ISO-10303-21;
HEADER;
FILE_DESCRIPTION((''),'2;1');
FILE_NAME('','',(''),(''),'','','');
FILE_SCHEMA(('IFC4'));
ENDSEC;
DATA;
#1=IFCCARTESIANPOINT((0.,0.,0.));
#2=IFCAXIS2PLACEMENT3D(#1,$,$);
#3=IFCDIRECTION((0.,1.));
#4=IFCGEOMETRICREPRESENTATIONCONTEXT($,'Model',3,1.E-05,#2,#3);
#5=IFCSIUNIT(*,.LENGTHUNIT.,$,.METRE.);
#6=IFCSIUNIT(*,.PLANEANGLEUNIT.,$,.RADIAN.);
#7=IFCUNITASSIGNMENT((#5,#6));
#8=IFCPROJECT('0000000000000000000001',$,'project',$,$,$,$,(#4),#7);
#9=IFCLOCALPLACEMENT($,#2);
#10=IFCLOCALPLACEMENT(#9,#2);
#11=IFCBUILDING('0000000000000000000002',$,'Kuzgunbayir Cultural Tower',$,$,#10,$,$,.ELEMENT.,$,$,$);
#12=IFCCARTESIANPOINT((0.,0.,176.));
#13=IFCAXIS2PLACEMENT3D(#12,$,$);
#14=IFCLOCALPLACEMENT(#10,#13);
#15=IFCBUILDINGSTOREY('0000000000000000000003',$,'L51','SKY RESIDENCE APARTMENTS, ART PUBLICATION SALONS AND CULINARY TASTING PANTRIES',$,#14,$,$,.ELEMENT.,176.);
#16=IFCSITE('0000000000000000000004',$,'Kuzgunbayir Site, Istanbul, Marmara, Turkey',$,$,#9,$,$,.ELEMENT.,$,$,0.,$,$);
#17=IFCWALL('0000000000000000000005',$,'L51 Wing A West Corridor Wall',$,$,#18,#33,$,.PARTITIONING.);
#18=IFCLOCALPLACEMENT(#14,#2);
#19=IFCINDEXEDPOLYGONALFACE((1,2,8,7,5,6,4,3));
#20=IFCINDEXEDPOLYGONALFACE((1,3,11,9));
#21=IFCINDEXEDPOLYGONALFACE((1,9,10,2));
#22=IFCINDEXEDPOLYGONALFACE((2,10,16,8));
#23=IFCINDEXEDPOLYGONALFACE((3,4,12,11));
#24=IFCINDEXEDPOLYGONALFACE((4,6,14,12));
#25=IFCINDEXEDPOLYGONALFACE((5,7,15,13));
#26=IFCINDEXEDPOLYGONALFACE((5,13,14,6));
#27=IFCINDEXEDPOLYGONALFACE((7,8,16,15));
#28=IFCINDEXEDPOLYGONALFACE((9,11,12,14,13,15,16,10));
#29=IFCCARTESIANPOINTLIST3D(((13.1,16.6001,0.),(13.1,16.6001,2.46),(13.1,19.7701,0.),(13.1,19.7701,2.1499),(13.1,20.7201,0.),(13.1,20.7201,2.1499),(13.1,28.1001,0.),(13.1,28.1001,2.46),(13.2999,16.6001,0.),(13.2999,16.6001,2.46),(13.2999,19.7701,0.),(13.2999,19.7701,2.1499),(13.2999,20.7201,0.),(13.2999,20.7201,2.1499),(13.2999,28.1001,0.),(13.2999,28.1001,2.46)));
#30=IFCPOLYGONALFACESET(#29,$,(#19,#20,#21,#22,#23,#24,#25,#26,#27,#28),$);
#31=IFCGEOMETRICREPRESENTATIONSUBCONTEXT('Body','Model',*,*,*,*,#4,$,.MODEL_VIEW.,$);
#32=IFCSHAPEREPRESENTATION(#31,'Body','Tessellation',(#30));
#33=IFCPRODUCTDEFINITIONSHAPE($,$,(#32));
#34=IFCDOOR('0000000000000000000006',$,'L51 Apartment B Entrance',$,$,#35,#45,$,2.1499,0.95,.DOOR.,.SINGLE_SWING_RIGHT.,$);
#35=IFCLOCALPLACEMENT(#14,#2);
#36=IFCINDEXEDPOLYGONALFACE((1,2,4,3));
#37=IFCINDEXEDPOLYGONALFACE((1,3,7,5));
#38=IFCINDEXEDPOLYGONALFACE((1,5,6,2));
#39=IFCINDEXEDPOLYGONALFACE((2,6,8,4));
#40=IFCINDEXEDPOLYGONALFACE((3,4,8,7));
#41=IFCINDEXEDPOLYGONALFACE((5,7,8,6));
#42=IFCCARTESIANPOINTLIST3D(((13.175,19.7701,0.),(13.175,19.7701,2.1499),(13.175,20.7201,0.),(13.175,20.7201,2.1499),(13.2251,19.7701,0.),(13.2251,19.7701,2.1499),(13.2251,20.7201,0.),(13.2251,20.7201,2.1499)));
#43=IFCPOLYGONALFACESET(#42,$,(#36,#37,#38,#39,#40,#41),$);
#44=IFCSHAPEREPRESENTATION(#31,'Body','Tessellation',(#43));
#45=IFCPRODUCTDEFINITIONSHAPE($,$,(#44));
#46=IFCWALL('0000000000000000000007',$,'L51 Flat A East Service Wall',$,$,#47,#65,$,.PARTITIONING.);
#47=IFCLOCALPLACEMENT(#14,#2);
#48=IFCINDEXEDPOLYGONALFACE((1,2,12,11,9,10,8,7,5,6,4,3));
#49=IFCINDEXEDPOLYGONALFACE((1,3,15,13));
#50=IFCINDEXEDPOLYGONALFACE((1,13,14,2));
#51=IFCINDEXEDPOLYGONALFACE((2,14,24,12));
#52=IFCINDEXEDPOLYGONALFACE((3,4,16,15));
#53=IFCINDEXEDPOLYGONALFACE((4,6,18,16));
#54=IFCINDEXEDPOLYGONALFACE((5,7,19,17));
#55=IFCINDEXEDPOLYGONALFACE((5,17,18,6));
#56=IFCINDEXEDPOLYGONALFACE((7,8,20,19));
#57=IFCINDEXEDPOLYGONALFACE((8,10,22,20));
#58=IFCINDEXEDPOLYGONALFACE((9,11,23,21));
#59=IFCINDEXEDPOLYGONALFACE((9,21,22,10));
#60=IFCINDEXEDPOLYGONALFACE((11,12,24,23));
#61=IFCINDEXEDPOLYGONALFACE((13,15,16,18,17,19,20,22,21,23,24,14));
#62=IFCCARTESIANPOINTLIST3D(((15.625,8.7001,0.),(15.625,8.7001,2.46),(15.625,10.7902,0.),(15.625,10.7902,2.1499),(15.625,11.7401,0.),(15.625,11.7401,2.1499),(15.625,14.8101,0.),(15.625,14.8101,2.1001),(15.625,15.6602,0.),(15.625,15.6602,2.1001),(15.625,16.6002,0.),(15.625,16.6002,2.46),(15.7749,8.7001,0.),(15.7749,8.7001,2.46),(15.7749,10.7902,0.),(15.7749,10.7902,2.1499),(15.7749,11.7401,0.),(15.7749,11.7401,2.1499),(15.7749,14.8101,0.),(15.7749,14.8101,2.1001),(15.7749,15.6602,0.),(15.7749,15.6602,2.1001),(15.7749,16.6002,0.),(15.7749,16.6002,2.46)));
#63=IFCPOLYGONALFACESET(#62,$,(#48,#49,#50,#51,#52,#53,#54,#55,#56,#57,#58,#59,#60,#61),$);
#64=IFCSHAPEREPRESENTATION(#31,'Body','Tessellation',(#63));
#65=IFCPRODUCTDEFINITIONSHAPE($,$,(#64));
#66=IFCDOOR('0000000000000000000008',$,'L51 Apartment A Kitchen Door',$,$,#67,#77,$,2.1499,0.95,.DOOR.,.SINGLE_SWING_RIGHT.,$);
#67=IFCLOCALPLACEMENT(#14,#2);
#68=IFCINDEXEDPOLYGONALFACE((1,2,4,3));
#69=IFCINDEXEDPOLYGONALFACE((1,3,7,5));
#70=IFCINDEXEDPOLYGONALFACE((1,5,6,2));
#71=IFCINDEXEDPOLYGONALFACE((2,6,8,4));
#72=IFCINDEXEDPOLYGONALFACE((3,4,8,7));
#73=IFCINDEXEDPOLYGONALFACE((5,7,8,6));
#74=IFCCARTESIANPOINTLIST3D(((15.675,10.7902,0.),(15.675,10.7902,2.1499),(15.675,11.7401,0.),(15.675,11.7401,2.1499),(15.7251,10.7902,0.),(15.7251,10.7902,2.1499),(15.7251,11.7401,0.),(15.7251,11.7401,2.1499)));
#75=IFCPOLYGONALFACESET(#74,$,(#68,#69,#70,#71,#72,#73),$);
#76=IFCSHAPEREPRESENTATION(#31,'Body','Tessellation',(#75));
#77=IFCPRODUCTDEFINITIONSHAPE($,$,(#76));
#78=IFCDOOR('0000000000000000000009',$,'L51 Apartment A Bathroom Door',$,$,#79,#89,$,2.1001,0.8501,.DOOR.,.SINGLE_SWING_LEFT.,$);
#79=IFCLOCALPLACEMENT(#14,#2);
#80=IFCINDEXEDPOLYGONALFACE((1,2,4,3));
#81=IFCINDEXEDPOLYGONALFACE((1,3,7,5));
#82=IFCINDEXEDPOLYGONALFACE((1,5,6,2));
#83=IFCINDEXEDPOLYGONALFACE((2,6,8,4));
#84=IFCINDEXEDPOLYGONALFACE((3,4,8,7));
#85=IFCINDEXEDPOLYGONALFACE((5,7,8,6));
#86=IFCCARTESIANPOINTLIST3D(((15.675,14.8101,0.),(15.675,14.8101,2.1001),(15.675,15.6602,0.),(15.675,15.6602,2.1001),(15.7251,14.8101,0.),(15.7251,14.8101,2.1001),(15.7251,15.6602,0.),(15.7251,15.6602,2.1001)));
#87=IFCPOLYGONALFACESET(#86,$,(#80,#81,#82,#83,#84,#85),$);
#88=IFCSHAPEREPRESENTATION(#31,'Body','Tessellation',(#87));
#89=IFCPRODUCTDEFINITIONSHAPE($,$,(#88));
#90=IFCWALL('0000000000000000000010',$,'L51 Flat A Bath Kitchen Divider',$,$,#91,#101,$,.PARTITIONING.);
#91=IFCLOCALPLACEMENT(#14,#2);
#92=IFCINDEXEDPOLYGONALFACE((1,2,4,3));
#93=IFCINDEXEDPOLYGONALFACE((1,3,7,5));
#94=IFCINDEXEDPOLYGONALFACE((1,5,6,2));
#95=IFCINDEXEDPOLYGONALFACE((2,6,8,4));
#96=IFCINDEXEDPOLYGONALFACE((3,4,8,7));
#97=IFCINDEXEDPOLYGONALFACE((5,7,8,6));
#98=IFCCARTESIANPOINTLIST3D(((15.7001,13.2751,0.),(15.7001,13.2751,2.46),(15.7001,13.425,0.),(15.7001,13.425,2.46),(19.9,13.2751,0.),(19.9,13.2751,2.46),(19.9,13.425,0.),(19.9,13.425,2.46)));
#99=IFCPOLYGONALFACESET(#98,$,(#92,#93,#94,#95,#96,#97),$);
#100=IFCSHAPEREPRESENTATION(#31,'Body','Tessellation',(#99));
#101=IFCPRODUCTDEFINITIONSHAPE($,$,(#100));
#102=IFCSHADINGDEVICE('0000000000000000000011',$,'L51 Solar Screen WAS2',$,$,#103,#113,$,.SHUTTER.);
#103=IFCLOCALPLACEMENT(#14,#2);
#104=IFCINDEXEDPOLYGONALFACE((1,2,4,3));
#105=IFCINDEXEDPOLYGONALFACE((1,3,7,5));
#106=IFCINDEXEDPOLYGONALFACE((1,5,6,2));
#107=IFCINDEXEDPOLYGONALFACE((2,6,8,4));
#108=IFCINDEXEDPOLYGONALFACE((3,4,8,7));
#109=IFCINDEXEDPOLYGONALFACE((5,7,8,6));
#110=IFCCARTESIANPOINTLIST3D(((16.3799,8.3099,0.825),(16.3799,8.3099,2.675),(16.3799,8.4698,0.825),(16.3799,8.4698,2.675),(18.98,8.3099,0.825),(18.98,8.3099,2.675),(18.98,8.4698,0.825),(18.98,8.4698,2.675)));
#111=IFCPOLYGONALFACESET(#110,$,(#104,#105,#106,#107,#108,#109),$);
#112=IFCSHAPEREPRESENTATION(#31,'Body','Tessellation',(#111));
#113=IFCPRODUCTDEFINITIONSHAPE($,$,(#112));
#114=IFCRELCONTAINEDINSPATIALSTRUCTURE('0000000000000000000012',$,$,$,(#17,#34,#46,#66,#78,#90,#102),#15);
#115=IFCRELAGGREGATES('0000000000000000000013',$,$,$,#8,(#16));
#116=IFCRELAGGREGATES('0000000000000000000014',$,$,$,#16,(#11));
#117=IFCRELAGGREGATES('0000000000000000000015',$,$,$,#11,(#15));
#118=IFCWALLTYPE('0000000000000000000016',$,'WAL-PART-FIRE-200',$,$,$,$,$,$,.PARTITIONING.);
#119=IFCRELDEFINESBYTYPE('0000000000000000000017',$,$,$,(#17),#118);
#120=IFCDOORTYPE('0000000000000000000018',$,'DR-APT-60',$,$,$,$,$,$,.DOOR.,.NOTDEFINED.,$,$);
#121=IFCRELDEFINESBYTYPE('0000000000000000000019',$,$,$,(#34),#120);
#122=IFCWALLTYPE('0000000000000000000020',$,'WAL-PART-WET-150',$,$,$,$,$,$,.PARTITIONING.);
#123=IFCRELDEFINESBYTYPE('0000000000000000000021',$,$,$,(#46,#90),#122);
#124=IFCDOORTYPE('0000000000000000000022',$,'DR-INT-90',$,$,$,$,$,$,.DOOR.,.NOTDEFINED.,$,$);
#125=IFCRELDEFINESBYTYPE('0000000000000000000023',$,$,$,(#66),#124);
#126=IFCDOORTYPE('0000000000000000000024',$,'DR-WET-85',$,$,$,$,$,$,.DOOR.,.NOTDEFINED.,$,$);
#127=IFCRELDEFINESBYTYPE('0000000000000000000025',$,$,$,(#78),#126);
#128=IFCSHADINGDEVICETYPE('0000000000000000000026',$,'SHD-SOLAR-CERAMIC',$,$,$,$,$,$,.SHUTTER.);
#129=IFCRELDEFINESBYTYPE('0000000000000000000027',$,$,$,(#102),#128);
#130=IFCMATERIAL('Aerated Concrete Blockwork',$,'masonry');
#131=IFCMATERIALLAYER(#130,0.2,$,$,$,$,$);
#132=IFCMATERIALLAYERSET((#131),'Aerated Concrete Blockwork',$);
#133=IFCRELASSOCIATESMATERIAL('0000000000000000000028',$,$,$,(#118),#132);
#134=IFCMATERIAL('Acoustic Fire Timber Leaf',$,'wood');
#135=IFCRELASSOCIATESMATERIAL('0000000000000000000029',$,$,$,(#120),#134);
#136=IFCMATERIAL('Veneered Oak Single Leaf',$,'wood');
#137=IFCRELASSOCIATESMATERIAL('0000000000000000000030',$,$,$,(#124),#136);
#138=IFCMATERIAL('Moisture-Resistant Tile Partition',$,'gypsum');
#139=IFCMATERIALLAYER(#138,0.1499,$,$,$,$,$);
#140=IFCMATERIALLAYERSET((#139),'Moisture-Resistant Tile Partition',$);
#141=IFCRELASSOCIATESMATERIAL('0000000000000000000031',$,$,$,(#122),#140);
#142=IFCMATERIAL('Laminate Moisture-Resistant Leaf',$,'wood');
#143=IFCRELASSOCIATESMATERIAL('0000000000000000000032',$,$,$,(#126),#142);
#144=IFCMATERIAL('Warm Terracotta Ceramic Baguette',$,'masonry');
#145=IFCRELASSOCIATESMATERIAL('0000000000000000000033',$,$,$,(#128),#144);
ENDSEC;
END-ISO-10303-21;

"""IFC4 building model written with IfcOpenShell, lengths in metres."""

from ifc_helpers import new_model, si_unit, direction, frame, frame_2d, origin, origin_2d, place, context, subcontext, project, spatial, rectangle, extrude, material, layer, layer_set, type_object, element, fill, save


model = new_model("IFC4")

# Units and contexts
model_context = context("Model", 3, precision=1e-05, world=origin(), true_north=direction((0.0, 1.0)))
body_context = subcontext(model_context, "Body", "Model", "MODEL_VIEW")
ifc_project = project(units=[si_unit("LENGTHUNIT", "METRE"), si_unit("PLANEANGLEUNIT", "RADIAN")], contexts=[model_context])

# Site, building, storey
site_placement = place(None, origin())
site = spatial("IfcSite", under=ifc_project, at=site_placement, Name="Kuzgunbayir Site, Istanbul, Marmara, Turkey", CompositionType="ELEMENT", RefElevation=0.0)
building_placement = place(site_placement, origin())
building = spatial("IfcBuilding", under=site, at=building_placement, Name="Kuzgunbayir Cultural Tower", CompositionType="ELEMENT")
storey_placement = place(building_placement, frame((0.0, 0.0, 176.0)))
storey = spatial("IfcBuildingStorey", under=building, at=storey_placement, Name="L51", Description="SKY RESIDENCE APARTMENTS, ART PUBLICATION SALONS AND CULINARY TASTING PANTRIES", CompositionType="ELEMENT", Elevation=176.0)

# Wall, opening, door
ifc_material_1 = material(Name="Aerated Concrete Blockwork", Category="masonry")
ifc_layer_1 = layer(ifc_material_1, 0.2)
ifc_layer_set_1 = layer_set([ifc_layer_1], Name="Aerated Concrete Blockwork")
wall_type_1 = type_object("IfcWallType", Name="WAL-PART-FIRE-200", PredefinedType="PARTITIONING", material=ifc_layer_set_1)
wall_1_placement = place(storey_placement, frame((13.2, 16.6001, 0.0), z_axis=(0.0, 0.0, 1.0), x_axis=(0.0, 1.0, 0.0)))
wall_1 = element("IfcWall", 1, at=wall_1_placement, inside=storey, type_object=wall_type_1, Name="L51 Wing A West Corridor Wall", PredefinedType="PARTITIONING", context=body_context, shape_type="SweptSolid", body=[
    extrude(rectangle(XDim=11.5, YDim=0.2, at=frame_2d((5.75, 0.0))), origin(), (0.0, 0.0, 1.0), 2.46),
])
opening_1_placement = place(wall_1_placement, frame((3.1699, 0.0, 0.0)))
opening_1 = element("IfcOpeningElement", 2, at=opening_1_placement, cuts=wall_1, PredefinedType="OPENING", context=body_context, shape_type="SweptSolid", body=[
    extrude(rectangle(XDim=0.95, YDim=2.1499, at=frame_2d((0.4751, 1.075))), frame((0.0, 0.1099, 0.0), z_axis=(0.0, -1.0, 0.0), x_axis=(1.0, 0.0, 0.0)), (0.0, 0.0, 1.0), 0.22),
])
ifc_material_2 = material(Name="Acoustic Fire Timber Leaf", Category="wood")
door_type_1 = type_object("IfcDoorType", Name="DR-APT-60", OperationType="NOTDEFINED", PredefinedType="DOOR", material=ifc_material_2)
door_1_placement = place(opening_1_placement, origin())
door_1 = element("IfcDoor", 3, at=door_1_placement, inside=storey, type_object=door_type_1, Name="L51 Apartment B Entrance", OperationType="SINGLE_SWING_RIGHT", OverallHeight=2.1499, OverallWidth=0.95, PredefinedType="DOOR", context=body_context, shape_type="SweptSolid", body=[
    extrude(rectangle(XDim=0.95, YDim=2.1499, at=frame_2d((0.4751, 1.075))), frame((0.0, 0.0249, 0.0), z_axis=(0.0, -1.0, 0.0), x_axis=(1.0, 0.0, 0.0)), (0.0, 0.0, 1.0), 0.05),
])
fill(opening_1, door_1)

# Wall, openings, doors
ifc_material_3 = material(Name="Veneered Oak Single Leaf", Category="wood")
door_type_2 = type_object("IfcDoorType", Name="DR-INT-90", OperationType="NOTDEFINED", PredefinedType="DOOR", material=ifc_material_3)
ifc_material_4 = material(Name="Laminate Moisture-Resistant Leaf", Category="wood")
ifc_material_5 = material(Name="Moisture-Resistant Tile Partition", Category="gypsum")
ifc_layer_2 = layer(ifc_material_5, 0.1499)
ifc_layer_set_2 = layer_set([ifc_layer_2], Name="Moisture-Resistant Tile Partition")
wall_type_2 = type_object("IfcWallType", Name="WAL-PART-WET-150", PredefinedType="PARTITIONING", material=ifc_layer_set_2)
wall_2_placement = place(storey_placement, frame((15.7, 8.7, 0.0), z_axis=(0.0, 0.0, 1.0), x_axis=(0.0, 1.0, 0.0)))
wall_2 = element("IfcWall", 4, at=wall_2_placement, inside=storey, type_object=wall_type_2, Name="L51 Flat A East Service Wall", PredefinedType="PARTITIONING", context=body_context, shape_type="SweptSolid", body=[
    extrude(rectangle(XDim=7.9001, YDim=0.1499, at=frame_2d((3.9502, 0.0))), origin(), (0.0, 0.0, 1.0), 2.46),
])
opening_2_placement = place(wall_2_placement, frame((2.0901, 0.0, 0.0)))
opening_2 = element("IfcOpeningElement", 5, at=opening_2_placement, cuts=wall_2, PredefinedType="OPENING", context=body_context, shape_type="SweptSolid", body=[
    extrude(rectangle(XDim=0.95, YDim=2.1499, at=frame_2d((0.4751, 1.075))), frame((0.0, 0.085, 0.0), z_axis=(0.0, -1.0, 0.0), x_axis=(1.0, 0.0, 0.0)), (0.0, 0.0, 1.0), 0.1699),
])
opening_3_placement = place(wall_2_placement, frame((6.1101, 0.0, 0.0)))
opening_3 = element("IfcOpeningElement", 6, at=opening_3_placement, cuts=wall_2, PredefinedType="OPENING", context=body_context, shape_type="SweptSolid", body=[
    extrude(rectangle(XDim=0.8501, YDim=2.1001, at=frame_2d((0.425, 1.05))), frame((0.0, 0.085, 0.0), z_axis=(0.0, -1.0, 0.0), x_axis=(1.0, 0.0, 0.0)), (0.0, 0.0, 1.0), 0.1699),
])
door_2_placement = place(opening_2_placement, origin())
door_2 = element("IfcDoor", 7, at=door_2_placement, inside=storey, type_object=door_type_2, Name="L51 Apartment A Kitchen Door", OperationType="SINGLE_SWING_RIGHT", OverallHeight=2.1499, OverallWidth=0.95, PredefinedType="DOOR", context=body_context, shape_type="SweptSolid", body=[
    extrude(rectangle(XDim=0.95, YDim=2.1499, at=frame_2d((0.4751, 1.075))), frame((0.0, 0.0249, 0.0), z_axis=(0.0, -1.0, 0.0), x_axis=(1.0, 0.0, 0.0)), (0.0, 0.0, 1.0), 0.05),
])
fill(opening_2, door_2)
door_type_3 = type_object("IfcDoorType", Name="DR-WET-85", OperationType="NOTDEFINED", PredefinedType="DOOR", material=ifc_material_4)
door_3_placement = place(opening_3_placement, origin())
door_3 = element("IfcDoor", 8, at=door_3_placement, inside=storey, type_object=door_type_3, Name="L51 Apartment A Bathroom Door", OperationType="SINGLE_SWING_LEFT", OverallHeight=2.1001, OverallWidth=0.8501, PredefinedType="DOOR", context=body_context, shape_type="SweptSolid", body=[
    extrude(rectangle(XDim=0.8501, YDim=2.1001, at=frame_2d((0.425, 1.05))), frame((0.0, 0.0249, 0.0), z_axis=(0.0, -1.0, 0.0), x_axis=(1.0, 0.0, 0.0)), (0.0, 0.0, 1.0), 0.05),
])
fill(opening_3, door_3)

# Wall
wall_3_placement = place(storey_placement, frame((15.7, 13.3501, 0.0), z_axis=(0.0, 0.0, 1.0), x_axis=(1.0, 0.0, 0.0)))
element("IfcWall", 9, at=wall_3_placement, inside=storey, type_object=wall_type_2, Name="L51 Flat A Bath Kitchen Divider", PredefinedType="PARTITIONING", context=body_context, shape_type="SweptSolid", body=[
    extrude(rectangle(XDim=4.2, YDim=0.1499, at=frame_2d((2.1001, 0.0))), origin(), (0.0, 0.0, 1.0), 2.46),
])

# Shading device
ifc_material_6 = material(Name="Warm Terracotta Ceramic Baguette", Category="masonry")
shading_device_type = type_object("IfcShadingDeviceType", Name="SHD-SOLAR-CERAMIC", PredefinedType="SHUTTER", material=ifc_material_6)
shading_device_placement = place(storey_placement, frame((17.6799, 8.3899, 0.825), z_axis=(0.0, 0.0, 1.0), x_axis=(1.0, 0.0, 0.0)))
element("IfcShadingDevice", 10, at=shading_device_placement, inside=storey, type_object=shading_device_type, Name="L51 Solar Screen WAS2", PredefinedType="SHUTTER", context=body_context, shape_type="SweptSolid", body=[
    extrude(rectangle(XDim=2.6001, YDim=0.1599, at=origin_2d()), origin(), (0.0, 0.0, 1.0), 1.8501),
])

save(model, "model.ifc")
